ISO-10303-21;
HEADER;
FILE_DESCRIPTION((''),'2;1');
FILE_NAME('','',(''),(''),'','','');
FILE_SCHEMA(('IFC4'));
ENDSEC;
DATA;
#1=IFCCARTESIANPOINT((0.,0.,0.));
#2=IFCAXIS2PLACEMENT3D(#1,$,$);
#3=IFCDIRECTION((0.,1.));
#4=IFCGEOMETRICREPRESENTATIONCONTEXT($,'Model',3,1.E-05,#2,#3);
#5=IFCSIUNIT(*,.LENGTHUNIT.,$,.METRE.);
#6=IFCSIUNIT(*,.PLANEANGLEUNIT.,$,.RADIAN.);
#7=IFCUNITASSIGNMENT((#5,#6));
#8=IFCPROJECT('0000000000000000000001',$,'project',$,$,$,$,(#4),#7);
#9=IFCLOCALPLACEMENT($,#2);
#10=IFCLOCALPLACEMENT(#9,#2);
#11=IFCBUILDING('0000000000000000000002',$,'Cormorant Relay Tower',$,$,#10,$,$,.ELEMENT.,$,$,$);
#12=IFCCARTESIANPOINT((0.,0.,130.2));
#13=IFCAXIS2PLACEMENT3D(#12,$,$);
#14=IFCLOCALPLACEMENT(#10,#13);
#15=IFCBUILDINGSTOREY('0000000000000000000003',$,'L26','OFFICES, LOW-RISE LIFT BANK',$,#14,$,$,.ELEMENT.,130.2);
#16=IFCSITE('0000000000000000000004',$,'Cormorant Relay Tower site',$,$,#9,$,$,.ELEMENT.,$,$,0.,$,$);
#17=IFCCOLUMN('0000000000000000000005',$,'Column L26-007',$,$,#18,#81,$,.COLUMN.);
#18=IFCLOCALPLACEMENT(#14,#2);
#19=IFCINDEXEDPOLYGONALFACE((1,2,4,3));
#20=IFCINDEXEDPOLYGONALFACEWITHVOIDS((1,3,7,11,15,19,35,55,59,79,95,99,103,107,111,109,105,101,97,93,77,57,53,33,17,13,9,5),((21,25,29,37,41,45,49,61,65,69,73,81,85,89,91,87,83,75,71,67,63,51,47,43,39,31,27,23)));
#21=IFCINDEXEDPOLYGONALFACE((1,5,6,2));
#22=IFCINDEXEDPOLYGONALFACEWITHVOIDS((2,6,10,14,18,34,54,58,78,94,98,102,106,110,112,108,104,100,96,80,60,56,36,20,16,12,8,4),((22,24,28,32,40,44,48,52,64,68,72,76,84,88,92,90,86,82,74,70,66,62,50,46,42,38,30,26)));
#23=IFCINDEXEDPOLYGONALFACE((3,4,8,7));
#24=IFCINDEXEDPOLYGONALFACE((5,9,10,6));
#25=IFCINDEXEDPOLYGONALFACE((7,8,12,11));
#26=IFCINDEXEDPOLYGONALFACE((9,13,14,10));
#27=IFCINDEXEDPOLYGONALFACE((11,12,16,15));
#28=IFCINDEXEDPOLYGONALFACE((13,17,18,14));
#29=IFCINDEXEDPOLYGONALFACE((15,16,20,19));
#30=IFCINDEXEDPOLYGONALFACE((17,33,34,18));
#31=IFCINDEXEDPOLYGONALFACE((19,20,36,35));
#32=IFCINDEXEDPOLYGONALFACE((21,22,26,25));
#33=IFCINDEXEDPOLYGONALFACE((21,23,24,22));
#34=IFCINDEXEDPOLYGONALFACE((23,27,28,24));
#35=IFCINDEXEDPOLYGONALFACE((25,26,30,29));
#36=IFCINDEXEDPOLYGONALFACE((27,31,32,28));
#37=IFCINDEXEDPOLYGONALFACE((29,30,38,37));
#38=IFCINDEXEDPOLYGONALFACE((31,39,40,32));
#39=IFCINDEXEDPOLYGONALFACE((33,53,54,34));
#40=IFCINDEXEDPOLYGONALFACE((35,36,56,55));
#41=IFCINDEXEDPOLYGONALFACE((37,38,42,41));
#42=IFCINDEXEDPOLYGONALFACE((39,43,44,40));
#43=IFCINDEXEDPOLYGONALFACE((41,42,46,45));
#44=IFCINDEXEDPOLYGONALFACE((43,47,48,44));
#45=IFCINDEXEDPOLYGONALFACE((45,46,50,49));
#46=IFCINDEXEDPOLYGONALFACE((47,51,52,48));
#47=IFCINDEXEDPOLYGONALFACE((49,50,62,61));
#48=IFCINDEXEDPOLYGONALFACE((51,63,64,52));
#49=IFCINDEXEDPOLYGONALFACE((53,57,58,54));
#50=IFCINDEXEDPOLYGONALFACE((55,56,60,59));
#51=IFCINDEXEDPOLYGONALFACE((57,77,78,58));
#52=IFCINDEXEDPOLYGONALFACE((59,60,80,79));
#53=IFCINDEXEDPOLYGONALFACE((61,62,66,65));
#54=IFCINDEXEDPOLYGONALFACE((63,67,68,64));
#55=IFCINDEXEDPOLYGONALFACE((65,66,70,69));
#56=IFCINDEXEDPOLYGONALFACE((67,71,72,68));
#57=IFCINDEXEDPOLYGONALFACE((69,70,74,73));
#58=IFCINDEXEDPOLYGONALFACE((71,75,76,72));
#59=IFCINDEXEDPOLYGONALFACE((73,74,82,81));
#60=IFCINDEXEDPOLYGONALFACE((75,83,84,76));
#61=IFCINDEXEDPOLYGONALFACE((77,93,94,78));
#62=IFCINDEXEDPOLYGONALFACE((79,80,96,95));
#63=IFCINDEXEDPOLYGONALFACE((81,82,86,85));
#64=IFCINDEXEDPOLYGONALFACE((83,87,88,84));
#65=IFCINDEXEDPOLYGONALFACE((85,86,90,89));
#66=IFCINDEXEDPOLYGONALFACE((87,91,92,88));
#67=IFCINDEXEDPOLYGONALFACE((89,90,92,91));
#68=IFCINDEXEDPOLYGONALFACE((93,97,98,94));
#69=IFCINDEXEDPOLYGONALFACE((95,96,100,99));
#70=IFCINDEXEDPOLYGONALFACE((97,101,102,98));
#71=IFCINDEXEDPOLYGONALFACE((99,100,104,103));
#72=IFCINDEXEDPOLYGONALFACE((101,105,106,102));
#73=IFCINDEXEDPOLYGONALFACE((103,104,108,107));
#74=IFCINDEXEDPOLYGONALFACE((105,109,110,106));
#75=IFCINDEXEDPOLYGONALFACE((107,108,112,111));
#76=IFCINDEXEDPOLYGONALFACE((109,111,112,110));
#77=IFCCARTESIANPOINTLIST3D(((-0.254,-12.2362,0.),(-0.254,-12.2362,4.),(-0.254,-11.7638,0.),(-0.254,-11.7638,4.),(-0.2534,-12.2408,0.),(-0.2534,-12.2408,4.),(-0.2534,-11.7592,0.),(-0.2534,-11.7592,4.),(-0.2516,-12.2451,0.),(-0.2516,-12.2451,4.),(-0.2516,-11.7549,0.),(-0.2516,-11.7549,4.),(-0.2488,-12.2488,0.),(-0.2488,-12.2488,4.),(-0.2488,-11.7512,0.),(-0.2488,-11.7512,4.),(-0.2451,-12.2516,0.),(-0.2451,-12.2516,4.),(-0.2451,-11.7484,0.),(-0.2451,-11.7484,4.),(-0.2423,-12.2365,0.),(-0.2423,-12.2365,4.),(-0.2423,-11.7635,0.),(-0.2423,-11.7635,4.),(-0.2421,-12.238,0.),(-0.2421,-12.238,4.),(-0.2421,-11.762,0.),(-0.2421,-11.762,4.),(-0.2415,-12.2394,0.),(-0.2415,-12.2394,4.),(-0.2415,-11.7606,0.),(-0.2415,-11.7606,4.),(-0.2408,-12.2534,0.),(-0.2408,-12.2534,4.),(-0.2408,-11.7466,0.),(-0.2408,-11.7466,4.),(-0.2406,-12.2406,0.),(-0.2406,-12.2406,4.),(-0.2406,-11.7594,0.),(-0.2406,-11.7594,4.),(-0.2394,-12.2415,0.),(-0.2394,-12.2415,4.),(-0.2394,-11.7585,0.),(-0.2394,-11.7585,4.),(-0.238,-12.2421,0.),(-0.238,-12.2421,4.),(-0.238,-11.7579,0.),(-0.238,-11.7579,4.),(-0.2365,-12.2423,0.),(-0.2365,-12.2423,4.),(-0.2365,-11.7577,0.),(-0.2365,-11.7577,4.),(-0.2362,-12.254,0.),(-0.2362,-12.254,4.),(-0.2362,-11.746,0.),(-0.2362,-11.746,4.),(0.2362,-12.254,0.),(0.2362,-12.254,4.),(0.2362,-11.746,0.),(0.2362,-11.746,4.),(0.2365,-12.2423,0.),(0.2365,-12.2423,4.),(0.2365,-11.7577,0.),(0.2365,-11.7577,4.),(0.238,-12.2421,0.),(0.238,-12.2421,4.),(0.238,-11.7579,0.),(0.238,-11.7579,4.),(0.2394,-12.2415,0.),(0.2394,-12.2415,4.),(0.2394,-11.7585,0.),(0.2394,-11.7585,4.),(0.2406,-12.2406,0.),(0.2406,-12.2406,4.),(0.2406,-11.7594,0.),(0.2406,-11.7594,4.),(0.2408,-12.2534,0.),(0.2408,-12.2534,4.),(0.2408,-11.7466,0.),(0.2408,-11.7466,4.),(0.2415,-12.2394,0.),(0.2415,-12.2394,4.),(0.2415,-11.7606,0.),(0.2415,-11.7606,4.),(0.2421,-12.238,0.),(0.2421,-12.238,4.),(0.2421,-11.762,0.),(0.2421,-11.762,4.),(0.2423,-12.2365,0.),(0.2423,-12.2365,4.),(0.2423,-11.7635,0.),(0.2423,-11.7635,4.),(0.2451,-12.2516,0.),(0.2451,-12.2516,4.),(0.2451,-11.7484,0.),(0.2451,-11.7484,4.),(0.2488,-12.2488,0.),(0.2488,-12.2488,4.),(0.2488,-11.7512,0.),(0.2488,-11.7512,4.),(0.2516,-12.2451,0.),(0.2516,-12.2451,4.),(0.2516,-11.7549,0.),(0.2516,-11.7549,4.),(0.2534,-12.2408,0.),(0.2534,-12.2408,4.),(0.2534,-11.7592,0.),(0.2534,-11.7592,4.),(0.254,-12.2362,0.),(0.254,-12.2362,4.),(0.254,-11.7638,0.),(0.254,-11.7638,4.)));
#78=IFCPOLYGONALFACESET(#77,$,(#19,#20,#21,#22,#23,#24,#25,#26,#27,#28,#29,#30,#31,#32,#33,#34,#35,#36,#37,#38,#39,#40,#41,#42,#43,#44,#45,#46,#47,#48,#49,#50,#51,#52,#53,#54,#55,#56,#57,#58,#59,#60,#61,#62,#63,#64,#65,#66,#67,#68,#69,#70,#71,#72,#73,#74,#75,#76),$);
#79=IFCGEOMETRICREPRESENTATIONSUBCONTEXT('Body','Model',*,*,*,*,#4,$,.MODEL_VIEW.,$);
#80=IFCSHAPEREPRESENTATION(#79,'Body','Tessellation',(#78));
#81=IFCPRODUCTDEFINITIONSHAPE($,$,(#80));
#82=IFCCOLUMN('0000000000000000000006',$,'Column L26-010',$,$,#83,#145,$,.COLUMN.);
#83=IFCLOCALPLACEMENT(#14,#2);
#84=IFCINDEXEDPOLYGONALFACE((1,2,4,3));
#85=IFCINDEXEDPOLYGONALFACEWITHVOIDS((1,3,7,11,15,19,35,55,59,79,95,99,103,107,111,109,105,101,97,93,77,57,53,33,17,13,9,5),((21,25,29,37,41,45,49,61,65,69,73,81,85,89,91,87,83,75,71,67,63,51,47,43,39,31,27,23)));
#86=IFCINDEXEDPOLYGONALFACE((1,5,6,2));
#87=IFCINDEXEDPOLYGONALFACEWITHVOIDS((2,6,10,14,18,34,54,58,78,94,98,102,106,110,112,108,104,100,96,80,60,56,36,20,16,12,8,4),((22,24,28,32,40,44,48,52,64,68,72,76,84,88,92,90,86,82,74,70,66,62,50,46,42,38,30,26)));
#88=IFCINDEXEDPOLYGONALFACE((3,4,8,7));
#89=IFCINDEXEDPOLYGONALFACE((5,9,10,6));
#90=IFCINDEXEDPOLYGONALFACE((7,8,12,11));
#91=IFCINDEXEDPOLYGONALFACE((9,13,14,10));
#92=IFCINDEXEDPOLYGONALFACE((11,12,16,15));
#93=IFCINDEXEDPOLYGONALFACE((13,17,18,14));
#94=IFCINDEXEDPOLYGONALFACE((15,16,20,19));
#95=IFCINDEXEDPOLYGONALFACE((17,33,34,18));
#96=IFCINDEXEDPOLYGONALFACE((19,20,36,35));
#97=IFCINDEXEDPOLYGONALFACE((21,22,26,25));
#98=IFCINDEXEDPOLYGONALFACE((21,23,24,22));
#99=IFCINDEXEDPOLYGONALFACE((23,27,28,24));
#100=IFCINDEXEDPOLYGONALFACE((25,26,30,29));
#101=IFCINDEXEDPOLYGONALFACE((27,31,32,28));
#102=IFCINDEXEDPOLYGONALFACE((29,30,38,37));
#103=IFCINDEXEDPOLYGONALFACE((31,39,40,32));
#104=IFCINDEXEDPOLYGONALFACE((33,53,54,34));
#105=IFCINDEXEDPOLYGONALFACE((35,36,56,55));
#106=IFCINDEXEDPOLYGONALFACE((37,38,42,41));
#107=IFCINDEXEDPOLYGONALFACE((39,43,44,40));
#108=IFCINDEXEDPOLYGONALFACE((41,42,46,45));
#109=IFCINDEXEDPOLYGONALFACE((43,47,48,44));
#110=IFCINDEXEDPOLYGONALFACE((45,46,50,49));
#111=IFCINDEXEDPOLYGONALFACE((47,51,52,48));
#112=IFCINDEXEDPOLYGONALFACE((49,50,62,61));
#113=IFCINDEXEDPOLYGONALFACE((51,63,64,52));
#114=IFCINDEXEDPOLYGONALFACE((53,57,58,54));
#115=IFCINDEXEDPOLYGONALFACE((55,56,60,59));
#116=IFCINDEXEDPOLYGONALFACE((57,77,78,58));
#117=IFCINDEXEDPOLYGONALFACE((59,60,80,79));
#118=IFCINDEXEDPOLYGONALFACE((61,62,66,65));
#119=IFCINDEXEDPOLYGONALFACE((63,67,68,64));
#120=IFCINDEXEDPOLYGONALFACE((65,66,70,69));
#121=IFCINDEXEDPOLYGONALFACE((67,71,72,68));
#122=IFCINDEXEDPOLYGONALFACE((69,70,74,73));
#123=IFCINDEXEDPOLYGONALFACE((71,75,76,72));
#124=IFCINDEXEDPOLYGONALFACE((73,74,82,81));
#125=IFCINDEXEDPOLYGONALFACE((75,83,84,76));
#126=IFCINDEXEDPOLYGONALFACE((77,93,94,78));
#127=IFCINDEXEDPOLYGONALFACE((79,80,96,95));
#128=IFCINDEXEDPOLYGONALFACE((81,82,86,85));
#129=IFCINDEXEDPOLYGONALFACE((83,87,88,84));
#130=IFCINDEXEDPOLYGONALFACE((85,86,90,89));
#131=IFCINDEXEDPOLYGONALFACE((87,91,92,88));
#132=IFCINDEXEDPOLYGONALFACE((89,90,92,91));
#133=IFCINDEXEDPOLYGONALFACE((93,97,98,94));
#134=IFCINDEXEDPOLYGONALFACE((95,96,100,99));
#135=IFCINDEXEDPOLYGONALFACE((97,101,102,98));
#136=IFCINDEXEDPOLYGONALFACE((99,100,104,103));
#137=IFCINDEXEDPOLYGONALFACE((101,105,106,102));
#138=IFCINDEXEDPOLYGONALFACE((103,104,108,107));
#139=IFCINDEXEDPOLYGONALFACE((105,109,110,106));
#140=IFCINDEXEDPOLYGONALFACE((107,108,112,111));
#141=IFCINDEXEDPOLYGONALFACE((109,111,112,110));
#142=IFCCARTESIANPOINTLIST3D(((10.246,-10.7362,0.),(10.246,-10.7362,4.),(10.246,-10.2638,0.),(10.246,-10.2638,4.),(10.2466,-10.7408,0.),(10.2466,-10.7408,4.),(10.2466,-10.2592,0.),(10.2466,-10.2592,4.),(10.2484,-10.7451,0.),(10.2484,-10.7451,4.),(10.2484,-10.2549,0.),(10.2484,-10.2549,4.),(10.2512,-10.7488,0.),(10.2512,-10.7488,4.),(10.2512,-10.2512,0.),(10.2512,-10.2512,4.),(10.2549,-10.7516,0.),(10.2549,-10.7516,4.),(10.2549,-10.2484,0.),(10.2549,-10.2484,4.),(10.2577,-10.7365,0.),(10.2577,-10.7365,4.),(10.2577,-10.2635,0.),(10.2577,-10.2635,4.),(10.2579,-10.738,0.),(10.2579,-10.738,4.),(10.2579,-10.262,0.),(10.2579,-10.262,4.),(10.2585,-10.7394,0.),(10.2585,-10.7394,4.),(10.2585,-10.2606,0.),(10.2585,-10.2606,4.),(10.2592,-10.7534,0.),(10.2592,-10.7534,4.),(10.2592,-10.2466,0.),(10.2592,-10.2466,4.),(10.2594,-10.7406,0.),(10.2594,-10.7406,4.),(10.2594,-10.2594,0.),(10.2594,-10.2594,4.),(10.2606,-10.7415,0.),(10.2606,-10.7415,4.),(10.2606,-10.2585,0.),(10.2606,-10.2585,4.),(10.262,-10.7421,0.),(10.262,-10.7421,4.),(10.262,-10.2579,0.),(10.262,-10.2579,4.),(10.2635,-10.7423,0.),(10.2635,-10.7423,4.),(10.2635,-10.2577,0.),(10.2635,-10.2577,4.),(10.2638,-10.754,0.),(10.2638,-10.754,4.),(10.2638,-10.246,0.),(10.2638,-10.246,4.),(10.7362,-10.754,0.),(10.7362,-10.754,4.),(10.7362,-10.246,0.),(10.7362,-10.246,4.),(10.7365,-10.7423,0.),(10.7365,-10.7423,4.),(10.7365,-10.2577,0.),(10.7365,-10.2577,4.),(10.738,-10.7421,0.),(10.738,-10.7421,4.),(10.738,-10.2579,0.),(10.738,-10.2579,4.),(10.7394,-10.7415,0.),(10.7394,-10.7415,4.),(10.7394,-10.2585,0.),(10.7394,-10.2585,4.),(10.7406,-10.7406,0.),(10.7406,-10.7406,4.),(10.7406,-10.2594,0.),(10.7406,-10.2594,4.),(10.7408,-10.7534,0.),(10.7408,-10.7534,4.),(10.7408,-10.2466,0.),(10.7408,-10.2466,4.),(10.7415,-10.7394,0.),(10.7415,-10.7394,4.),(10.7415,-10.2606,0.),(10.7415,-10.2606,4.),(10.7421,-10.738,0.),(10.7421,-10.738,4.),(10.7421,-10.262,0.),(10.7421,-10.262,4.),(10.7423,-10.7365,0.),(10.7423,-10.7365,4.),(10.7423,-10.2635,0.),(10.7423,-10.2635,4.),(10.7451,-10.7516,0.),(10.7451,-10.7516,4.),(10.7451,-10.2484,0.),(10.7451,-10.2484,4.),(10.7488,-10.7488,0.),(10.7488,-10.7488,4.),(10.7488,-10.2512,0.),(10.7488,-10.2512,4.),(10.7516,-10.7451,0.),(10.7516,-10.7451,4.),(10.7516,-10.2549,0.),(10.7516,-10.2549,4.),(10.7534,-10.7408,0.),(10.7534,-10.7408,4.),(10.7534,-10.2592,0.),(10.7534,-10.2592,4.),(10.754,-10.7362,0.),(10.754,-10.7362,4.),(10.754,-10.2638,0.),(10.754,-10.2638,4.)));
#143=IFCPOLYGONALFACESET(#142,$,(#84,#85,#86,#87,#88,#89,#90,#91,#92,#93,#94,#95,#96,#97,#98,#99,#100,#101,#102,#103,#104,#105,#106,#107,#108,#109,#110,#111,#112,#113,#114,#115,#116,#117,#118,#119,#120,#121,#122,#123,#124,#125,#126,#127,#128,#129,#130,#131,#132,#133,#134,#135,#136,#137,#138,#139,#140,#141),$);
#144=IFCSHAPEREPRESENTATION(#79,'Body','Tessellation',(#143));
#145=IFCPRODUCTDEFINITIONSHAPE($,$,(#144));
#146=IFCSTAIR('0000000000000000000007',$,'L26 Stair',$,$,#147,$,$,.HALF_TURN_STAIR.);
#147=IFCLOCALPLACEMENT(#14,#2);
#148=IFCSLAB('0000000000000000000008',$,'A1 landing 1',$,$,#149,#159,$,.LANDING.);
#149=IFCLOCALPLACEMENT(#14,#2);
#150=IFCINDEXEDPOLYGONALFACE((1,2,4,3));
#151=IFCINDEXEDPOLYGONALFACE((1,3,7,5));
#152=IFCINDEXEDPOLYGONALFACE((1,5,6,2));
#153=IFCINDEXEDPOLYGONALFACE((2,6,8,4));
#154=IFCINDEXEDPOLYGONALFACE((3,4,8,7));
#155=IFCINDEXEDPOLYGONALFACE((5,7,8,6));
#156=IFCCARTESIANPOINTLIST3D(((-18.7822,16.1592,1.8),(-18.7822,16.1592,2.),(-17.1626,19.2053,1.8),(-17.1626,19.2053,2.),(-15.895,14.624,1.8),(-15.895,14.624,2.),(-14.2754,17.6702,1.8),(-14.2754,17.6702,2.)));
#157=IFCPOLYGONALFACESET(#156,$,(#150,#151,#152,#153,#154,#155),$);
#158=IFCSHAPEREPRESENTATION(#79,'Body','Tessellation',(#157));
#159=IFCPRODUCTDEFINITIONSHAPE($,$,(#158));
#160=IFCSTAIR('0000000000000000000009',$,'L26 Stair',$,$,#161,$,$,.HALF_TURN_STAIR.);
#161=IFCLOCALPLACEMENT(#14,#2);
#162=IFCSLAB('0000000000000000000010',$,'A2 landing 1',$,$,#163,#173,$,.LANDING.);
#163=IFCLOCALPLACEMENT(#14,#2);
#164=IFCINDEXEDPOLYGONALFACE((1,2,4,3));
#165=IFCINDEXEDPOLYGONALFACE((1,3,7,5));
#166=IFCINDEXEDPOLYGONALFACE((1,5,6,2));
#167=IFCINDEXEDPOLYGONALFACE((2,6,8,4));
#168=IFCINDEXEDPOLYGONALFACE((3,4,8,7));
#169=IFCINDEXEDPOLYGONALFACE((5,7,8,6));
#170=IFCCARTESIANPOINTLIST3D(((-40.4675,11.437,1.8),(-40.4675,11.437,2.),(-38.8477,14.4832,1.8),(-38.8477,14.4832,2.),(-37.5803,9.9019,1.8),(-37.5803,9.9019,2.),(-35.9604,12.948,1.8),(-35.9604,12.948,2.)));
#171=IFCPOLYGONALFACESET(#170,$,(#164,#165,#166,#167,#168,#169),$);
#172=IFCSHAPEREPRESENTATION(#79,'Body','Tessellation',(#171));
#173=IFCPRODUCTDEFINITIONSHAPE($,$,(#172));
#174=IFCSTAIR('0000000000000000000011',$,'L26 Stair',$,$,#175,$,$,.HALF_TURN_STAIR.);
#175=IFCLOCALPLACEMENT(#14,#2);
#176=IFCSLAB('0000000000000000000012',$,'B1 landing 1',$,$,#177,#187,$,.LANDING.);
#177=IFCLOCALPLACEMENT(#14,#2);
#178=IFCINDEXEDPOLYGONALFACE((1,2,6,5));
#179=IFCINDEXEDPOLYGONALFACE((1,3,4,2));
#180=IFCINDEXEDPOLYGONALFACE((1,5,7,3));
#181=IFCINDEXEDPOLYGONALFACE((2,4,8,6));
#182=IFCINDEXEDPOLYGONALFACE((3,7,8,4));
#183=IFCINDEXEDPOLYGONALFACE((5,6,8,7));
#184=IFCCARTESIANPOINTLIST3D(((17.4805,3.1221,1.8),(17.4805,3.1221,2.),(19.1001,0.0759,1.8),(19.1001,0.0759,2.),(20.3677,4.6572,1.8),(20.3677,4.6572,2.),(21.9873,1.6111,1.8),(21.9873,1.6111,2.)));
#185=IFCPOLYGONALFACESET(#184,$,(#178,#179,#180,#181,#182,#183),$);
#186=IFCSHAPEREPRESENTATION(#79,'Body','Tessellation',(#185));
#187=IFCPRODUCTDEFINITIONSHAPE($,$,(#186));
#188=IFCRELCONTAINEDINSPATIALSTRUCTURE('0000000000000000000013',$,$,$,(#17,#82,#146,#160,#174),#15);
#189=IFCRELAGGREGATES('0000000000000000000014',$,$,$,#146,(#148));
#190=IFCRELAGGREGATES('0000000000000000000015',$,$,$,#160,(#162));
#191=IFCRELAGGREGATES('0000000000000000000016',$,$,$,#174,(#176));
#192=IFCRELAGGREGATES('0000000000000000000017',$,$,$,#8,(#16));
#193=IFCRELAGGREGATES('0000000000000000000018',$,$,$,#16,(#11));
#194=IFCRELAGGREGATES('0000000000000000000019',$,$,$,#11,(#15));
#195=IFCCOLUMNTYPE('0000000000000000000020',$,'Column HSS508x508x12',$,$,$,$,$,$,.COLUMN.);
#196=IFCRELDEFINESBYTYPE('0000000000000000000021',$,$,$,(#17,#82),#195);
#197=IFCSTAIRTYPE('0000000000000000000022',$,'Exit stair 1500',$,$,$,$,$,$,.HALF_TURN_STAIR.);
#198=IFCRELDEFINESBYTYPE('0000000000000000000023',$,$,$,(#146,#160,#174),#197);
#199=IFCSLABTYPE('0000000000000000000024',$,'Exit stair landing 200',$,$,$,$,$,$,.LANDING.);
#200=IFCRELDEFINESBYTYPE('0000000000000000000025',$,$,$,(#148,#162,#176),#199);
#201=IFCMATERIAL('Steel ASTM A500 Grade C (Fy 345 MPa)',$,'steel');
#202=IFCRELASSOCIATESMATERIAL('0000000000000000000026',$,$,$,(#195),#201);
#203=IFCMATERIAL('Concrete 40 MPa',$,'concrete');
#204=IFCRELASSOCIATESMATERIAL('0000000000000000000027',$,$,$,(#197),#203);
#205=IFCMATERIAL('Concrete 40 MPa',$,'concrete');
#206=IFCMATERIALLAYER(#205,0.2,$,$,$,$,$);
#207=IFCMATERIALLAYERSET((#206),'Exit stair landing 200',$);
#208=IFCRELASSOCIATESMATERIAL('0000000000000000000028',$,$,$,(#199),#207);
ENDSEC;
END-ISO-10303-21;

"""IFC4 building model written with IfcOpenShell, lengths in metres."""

from ifc_helpers import new_model, si_unit, direction, frame, origin, origin_2d, place, context, subcontext, project, spatial, polyline, hollow_rectangle, outline, extrude, material, layer, layer_set, material_profile, profile_set, type_object, element, aggregate, save


model = new_model("IFC4")

# Units and contexts
model_context = context("Model", 3, precision=1e-05, world=origin(), true_north=direction((0.0, 1.0)))
body_context = subcontext(model_context, "Body", "Model", "MODEL_VIEW")
ifc_project = project(units=[si_unit("LENGTHUNIT", "METRE"), si_unit("PLANEANGLEUNIT", "RADIAN")], contexts=[model_context])

# Site, building, storey
site_placement = place(None, origin())
site = spatial("IfcSite", under=ifc_project, at=site_placement, Name="Cormorant Relay Tower site", CompositionType="ELEMENT", RefElevation=0.0)
building_placement = place(site_placement, origin())
building = spatial("IfcBuilding", under=site, at=building_placement, Name="Cormorant Relay Tower", CompositionType="ELEMENT")
storey_placement = place(building_placement, frame((0.0, 0.0, 130.2)))
storey = spatial("IfcBuildingStorey", under=building, at=storey_placement, Name="L26", Description="OFFICES, LOW-RISE LIFT BANK", CompositionType="ELEMENT", Elevation=130.2)

# Columns
ifc_material_1 = material(Name="Steel ASTM A500 Grade C (Fy 345 MPa)", Category="steel")
ifc_material_profile = material_profile(ifc_material_1, hollow_rectangle(XDim=0.5081, YDim=0.5081, WallThickness=0.0117, InnerFilletRadius=0.0059, OuterFilletRadius=0.0178, at=origin_2d()), Name="HSS508x508x12")
ifc_profile_set = profile_set([ifc_material_profile], Name="Steel ASTM A500 Grade C (Fy 345 MPa)")
column_type = type_object("IfcColumnType", Name="Column HSS508x508x12", PredefinedType="COLUMN", material=ifc_profile_set)
for number, where, z_axis, x_axis, name in (
    (1, (0.0, -12.0, 0.0), (0.0, 0.0, 1.0), (1.0, 0.0, 0.0), "Column L26-007"),
    (2, (10.5, -10.5, 0.0), (0.0, 0.0, 1.0), (1.0, 0.0, 0.0), "Column L26-010"),
):
    element("IfcColumn", number, at=place(storey_placement, frame(where, z_axis=z_axis, x_axis=x_axis)), inside=storey, type_object=column_type, Name=name, PredefinedType="COLUMN", context=body_context, shape_type="SweptSolid", body=[
        extrude(hollow_rectangle(XDim=0.5081, YDim=0.5081, WallThickness=0.0117, InnerFilletRadius=0.0059, OuterFilletRadius=0.0178, at=origin_2d()), origin(), (0.0, 0.0, 1.0), 4.0),
    ])

# Stairs, slabs
ifc_material_2 = material(Name="Concrete 40 MPa", Category="concrete")
stair_type = type_object("IfcStairType", Name="Exit stair 1500", PredefinedType="HALF_TURN_STAIR", material=ifc_material_2)
stair_1_placement = place(storey_placement, origin())
stair_1 = element("IfcStair", 3, at=stair_1_placement, inside=storey, type_object=stair_type, Name="L26 Stair", PredefinedType="HALF_TURN_STAIR")
ifc_material_3 = material(Name="Concrete 40 MPa", Category="concrete")
ifc_layer_1 = layer(ifc_material_3, 0.2)
ifc_layer_set_1 = layer_set([ifc_layer_1], Name="Exit stair landing 200")
slab_type_1 = type_object("IfcSlabType", Name="Exit stair landing 200", PredefinedType="LANDING", material=ifc_layer_set_1)
slab_1_placement = place(storey_placement, frame((0.0, 0.0, 1.8)))
slab_1 = element("IfcSlab", 4, at=slab_1_placement, type_object=slab_type_1, Name="A1 landing 1", PredefinedType="LANDING", context=body_context, shape_type="SweptSolid", body=[
    extrude(outline(polyline([(-18.7822, 16.1592), (-15.895, 14.624), (-14.2754, 17.6702), (-17.1626, 19.2053), (-18.7822, 16.1592)])), origin(), (0.0, 0.0, 1.0), 0.2),
])
aggregate(stair_1, [slab_1])
stair_2_placement = place(storey_placement, origin())
stair_2 = element("IfcStair", 5, at=stair_2_placement, inside=storey, type_object=stair_type, Name="L26 Stair", PredefinedType="HALF_TURN_STAIR")
slab_2_placement = place(storey_placement, frame((0.0, 0.0, 1.8)))
slab_2 = element("IfcSlab", 6, at=slab_2_placement, type_object=slab_type_1, Name="A2 landing 1", PredefinedType="LANDING", context=body_context, shape_type="SweptSolid", body=[
    extrude(outline(polyline([(-35.9604, 12.948), (-38.8477, 14.4832), (-40.4675, 11.437), (-37.5803, 9.9019), (-35.9604, 12.948)])), origin(), (0.0, 0.0, 1.0), 0.2),
])
aggregate(stair_2, [slab_2])
stair_3_placement = place(storey_placement, origin())
stair_3 = element("IfcStair", 7, at=stair_3_placement, inside=storey, type_object=stair_type, Name="L26 Stair", PredefinedType="HALF_TURN_STAIR")
slab_3_placement = place(storey_placement, frame((0.0, 0.0, 1.8)))
slab_3 = element("IfcSlab", 8, at=slab_3_placement, type_object=slab_type_1, Name="B1 landing 1", PredefinedType="LANDING", context=body_context, shape_type="SweptSolid", body=[
    extrude(outline(polyline([(20.3677, 4.6572), (17.4805, 3.1221), (19.1001, 0.0759), (21.9873, 1.6111), (20.3677, 4.6572)])), origin(), (0.0, 0.0, 1.0), 0.2),
])
aggregate(stair_3, [slab_3])

save(model, "model.ifc")
